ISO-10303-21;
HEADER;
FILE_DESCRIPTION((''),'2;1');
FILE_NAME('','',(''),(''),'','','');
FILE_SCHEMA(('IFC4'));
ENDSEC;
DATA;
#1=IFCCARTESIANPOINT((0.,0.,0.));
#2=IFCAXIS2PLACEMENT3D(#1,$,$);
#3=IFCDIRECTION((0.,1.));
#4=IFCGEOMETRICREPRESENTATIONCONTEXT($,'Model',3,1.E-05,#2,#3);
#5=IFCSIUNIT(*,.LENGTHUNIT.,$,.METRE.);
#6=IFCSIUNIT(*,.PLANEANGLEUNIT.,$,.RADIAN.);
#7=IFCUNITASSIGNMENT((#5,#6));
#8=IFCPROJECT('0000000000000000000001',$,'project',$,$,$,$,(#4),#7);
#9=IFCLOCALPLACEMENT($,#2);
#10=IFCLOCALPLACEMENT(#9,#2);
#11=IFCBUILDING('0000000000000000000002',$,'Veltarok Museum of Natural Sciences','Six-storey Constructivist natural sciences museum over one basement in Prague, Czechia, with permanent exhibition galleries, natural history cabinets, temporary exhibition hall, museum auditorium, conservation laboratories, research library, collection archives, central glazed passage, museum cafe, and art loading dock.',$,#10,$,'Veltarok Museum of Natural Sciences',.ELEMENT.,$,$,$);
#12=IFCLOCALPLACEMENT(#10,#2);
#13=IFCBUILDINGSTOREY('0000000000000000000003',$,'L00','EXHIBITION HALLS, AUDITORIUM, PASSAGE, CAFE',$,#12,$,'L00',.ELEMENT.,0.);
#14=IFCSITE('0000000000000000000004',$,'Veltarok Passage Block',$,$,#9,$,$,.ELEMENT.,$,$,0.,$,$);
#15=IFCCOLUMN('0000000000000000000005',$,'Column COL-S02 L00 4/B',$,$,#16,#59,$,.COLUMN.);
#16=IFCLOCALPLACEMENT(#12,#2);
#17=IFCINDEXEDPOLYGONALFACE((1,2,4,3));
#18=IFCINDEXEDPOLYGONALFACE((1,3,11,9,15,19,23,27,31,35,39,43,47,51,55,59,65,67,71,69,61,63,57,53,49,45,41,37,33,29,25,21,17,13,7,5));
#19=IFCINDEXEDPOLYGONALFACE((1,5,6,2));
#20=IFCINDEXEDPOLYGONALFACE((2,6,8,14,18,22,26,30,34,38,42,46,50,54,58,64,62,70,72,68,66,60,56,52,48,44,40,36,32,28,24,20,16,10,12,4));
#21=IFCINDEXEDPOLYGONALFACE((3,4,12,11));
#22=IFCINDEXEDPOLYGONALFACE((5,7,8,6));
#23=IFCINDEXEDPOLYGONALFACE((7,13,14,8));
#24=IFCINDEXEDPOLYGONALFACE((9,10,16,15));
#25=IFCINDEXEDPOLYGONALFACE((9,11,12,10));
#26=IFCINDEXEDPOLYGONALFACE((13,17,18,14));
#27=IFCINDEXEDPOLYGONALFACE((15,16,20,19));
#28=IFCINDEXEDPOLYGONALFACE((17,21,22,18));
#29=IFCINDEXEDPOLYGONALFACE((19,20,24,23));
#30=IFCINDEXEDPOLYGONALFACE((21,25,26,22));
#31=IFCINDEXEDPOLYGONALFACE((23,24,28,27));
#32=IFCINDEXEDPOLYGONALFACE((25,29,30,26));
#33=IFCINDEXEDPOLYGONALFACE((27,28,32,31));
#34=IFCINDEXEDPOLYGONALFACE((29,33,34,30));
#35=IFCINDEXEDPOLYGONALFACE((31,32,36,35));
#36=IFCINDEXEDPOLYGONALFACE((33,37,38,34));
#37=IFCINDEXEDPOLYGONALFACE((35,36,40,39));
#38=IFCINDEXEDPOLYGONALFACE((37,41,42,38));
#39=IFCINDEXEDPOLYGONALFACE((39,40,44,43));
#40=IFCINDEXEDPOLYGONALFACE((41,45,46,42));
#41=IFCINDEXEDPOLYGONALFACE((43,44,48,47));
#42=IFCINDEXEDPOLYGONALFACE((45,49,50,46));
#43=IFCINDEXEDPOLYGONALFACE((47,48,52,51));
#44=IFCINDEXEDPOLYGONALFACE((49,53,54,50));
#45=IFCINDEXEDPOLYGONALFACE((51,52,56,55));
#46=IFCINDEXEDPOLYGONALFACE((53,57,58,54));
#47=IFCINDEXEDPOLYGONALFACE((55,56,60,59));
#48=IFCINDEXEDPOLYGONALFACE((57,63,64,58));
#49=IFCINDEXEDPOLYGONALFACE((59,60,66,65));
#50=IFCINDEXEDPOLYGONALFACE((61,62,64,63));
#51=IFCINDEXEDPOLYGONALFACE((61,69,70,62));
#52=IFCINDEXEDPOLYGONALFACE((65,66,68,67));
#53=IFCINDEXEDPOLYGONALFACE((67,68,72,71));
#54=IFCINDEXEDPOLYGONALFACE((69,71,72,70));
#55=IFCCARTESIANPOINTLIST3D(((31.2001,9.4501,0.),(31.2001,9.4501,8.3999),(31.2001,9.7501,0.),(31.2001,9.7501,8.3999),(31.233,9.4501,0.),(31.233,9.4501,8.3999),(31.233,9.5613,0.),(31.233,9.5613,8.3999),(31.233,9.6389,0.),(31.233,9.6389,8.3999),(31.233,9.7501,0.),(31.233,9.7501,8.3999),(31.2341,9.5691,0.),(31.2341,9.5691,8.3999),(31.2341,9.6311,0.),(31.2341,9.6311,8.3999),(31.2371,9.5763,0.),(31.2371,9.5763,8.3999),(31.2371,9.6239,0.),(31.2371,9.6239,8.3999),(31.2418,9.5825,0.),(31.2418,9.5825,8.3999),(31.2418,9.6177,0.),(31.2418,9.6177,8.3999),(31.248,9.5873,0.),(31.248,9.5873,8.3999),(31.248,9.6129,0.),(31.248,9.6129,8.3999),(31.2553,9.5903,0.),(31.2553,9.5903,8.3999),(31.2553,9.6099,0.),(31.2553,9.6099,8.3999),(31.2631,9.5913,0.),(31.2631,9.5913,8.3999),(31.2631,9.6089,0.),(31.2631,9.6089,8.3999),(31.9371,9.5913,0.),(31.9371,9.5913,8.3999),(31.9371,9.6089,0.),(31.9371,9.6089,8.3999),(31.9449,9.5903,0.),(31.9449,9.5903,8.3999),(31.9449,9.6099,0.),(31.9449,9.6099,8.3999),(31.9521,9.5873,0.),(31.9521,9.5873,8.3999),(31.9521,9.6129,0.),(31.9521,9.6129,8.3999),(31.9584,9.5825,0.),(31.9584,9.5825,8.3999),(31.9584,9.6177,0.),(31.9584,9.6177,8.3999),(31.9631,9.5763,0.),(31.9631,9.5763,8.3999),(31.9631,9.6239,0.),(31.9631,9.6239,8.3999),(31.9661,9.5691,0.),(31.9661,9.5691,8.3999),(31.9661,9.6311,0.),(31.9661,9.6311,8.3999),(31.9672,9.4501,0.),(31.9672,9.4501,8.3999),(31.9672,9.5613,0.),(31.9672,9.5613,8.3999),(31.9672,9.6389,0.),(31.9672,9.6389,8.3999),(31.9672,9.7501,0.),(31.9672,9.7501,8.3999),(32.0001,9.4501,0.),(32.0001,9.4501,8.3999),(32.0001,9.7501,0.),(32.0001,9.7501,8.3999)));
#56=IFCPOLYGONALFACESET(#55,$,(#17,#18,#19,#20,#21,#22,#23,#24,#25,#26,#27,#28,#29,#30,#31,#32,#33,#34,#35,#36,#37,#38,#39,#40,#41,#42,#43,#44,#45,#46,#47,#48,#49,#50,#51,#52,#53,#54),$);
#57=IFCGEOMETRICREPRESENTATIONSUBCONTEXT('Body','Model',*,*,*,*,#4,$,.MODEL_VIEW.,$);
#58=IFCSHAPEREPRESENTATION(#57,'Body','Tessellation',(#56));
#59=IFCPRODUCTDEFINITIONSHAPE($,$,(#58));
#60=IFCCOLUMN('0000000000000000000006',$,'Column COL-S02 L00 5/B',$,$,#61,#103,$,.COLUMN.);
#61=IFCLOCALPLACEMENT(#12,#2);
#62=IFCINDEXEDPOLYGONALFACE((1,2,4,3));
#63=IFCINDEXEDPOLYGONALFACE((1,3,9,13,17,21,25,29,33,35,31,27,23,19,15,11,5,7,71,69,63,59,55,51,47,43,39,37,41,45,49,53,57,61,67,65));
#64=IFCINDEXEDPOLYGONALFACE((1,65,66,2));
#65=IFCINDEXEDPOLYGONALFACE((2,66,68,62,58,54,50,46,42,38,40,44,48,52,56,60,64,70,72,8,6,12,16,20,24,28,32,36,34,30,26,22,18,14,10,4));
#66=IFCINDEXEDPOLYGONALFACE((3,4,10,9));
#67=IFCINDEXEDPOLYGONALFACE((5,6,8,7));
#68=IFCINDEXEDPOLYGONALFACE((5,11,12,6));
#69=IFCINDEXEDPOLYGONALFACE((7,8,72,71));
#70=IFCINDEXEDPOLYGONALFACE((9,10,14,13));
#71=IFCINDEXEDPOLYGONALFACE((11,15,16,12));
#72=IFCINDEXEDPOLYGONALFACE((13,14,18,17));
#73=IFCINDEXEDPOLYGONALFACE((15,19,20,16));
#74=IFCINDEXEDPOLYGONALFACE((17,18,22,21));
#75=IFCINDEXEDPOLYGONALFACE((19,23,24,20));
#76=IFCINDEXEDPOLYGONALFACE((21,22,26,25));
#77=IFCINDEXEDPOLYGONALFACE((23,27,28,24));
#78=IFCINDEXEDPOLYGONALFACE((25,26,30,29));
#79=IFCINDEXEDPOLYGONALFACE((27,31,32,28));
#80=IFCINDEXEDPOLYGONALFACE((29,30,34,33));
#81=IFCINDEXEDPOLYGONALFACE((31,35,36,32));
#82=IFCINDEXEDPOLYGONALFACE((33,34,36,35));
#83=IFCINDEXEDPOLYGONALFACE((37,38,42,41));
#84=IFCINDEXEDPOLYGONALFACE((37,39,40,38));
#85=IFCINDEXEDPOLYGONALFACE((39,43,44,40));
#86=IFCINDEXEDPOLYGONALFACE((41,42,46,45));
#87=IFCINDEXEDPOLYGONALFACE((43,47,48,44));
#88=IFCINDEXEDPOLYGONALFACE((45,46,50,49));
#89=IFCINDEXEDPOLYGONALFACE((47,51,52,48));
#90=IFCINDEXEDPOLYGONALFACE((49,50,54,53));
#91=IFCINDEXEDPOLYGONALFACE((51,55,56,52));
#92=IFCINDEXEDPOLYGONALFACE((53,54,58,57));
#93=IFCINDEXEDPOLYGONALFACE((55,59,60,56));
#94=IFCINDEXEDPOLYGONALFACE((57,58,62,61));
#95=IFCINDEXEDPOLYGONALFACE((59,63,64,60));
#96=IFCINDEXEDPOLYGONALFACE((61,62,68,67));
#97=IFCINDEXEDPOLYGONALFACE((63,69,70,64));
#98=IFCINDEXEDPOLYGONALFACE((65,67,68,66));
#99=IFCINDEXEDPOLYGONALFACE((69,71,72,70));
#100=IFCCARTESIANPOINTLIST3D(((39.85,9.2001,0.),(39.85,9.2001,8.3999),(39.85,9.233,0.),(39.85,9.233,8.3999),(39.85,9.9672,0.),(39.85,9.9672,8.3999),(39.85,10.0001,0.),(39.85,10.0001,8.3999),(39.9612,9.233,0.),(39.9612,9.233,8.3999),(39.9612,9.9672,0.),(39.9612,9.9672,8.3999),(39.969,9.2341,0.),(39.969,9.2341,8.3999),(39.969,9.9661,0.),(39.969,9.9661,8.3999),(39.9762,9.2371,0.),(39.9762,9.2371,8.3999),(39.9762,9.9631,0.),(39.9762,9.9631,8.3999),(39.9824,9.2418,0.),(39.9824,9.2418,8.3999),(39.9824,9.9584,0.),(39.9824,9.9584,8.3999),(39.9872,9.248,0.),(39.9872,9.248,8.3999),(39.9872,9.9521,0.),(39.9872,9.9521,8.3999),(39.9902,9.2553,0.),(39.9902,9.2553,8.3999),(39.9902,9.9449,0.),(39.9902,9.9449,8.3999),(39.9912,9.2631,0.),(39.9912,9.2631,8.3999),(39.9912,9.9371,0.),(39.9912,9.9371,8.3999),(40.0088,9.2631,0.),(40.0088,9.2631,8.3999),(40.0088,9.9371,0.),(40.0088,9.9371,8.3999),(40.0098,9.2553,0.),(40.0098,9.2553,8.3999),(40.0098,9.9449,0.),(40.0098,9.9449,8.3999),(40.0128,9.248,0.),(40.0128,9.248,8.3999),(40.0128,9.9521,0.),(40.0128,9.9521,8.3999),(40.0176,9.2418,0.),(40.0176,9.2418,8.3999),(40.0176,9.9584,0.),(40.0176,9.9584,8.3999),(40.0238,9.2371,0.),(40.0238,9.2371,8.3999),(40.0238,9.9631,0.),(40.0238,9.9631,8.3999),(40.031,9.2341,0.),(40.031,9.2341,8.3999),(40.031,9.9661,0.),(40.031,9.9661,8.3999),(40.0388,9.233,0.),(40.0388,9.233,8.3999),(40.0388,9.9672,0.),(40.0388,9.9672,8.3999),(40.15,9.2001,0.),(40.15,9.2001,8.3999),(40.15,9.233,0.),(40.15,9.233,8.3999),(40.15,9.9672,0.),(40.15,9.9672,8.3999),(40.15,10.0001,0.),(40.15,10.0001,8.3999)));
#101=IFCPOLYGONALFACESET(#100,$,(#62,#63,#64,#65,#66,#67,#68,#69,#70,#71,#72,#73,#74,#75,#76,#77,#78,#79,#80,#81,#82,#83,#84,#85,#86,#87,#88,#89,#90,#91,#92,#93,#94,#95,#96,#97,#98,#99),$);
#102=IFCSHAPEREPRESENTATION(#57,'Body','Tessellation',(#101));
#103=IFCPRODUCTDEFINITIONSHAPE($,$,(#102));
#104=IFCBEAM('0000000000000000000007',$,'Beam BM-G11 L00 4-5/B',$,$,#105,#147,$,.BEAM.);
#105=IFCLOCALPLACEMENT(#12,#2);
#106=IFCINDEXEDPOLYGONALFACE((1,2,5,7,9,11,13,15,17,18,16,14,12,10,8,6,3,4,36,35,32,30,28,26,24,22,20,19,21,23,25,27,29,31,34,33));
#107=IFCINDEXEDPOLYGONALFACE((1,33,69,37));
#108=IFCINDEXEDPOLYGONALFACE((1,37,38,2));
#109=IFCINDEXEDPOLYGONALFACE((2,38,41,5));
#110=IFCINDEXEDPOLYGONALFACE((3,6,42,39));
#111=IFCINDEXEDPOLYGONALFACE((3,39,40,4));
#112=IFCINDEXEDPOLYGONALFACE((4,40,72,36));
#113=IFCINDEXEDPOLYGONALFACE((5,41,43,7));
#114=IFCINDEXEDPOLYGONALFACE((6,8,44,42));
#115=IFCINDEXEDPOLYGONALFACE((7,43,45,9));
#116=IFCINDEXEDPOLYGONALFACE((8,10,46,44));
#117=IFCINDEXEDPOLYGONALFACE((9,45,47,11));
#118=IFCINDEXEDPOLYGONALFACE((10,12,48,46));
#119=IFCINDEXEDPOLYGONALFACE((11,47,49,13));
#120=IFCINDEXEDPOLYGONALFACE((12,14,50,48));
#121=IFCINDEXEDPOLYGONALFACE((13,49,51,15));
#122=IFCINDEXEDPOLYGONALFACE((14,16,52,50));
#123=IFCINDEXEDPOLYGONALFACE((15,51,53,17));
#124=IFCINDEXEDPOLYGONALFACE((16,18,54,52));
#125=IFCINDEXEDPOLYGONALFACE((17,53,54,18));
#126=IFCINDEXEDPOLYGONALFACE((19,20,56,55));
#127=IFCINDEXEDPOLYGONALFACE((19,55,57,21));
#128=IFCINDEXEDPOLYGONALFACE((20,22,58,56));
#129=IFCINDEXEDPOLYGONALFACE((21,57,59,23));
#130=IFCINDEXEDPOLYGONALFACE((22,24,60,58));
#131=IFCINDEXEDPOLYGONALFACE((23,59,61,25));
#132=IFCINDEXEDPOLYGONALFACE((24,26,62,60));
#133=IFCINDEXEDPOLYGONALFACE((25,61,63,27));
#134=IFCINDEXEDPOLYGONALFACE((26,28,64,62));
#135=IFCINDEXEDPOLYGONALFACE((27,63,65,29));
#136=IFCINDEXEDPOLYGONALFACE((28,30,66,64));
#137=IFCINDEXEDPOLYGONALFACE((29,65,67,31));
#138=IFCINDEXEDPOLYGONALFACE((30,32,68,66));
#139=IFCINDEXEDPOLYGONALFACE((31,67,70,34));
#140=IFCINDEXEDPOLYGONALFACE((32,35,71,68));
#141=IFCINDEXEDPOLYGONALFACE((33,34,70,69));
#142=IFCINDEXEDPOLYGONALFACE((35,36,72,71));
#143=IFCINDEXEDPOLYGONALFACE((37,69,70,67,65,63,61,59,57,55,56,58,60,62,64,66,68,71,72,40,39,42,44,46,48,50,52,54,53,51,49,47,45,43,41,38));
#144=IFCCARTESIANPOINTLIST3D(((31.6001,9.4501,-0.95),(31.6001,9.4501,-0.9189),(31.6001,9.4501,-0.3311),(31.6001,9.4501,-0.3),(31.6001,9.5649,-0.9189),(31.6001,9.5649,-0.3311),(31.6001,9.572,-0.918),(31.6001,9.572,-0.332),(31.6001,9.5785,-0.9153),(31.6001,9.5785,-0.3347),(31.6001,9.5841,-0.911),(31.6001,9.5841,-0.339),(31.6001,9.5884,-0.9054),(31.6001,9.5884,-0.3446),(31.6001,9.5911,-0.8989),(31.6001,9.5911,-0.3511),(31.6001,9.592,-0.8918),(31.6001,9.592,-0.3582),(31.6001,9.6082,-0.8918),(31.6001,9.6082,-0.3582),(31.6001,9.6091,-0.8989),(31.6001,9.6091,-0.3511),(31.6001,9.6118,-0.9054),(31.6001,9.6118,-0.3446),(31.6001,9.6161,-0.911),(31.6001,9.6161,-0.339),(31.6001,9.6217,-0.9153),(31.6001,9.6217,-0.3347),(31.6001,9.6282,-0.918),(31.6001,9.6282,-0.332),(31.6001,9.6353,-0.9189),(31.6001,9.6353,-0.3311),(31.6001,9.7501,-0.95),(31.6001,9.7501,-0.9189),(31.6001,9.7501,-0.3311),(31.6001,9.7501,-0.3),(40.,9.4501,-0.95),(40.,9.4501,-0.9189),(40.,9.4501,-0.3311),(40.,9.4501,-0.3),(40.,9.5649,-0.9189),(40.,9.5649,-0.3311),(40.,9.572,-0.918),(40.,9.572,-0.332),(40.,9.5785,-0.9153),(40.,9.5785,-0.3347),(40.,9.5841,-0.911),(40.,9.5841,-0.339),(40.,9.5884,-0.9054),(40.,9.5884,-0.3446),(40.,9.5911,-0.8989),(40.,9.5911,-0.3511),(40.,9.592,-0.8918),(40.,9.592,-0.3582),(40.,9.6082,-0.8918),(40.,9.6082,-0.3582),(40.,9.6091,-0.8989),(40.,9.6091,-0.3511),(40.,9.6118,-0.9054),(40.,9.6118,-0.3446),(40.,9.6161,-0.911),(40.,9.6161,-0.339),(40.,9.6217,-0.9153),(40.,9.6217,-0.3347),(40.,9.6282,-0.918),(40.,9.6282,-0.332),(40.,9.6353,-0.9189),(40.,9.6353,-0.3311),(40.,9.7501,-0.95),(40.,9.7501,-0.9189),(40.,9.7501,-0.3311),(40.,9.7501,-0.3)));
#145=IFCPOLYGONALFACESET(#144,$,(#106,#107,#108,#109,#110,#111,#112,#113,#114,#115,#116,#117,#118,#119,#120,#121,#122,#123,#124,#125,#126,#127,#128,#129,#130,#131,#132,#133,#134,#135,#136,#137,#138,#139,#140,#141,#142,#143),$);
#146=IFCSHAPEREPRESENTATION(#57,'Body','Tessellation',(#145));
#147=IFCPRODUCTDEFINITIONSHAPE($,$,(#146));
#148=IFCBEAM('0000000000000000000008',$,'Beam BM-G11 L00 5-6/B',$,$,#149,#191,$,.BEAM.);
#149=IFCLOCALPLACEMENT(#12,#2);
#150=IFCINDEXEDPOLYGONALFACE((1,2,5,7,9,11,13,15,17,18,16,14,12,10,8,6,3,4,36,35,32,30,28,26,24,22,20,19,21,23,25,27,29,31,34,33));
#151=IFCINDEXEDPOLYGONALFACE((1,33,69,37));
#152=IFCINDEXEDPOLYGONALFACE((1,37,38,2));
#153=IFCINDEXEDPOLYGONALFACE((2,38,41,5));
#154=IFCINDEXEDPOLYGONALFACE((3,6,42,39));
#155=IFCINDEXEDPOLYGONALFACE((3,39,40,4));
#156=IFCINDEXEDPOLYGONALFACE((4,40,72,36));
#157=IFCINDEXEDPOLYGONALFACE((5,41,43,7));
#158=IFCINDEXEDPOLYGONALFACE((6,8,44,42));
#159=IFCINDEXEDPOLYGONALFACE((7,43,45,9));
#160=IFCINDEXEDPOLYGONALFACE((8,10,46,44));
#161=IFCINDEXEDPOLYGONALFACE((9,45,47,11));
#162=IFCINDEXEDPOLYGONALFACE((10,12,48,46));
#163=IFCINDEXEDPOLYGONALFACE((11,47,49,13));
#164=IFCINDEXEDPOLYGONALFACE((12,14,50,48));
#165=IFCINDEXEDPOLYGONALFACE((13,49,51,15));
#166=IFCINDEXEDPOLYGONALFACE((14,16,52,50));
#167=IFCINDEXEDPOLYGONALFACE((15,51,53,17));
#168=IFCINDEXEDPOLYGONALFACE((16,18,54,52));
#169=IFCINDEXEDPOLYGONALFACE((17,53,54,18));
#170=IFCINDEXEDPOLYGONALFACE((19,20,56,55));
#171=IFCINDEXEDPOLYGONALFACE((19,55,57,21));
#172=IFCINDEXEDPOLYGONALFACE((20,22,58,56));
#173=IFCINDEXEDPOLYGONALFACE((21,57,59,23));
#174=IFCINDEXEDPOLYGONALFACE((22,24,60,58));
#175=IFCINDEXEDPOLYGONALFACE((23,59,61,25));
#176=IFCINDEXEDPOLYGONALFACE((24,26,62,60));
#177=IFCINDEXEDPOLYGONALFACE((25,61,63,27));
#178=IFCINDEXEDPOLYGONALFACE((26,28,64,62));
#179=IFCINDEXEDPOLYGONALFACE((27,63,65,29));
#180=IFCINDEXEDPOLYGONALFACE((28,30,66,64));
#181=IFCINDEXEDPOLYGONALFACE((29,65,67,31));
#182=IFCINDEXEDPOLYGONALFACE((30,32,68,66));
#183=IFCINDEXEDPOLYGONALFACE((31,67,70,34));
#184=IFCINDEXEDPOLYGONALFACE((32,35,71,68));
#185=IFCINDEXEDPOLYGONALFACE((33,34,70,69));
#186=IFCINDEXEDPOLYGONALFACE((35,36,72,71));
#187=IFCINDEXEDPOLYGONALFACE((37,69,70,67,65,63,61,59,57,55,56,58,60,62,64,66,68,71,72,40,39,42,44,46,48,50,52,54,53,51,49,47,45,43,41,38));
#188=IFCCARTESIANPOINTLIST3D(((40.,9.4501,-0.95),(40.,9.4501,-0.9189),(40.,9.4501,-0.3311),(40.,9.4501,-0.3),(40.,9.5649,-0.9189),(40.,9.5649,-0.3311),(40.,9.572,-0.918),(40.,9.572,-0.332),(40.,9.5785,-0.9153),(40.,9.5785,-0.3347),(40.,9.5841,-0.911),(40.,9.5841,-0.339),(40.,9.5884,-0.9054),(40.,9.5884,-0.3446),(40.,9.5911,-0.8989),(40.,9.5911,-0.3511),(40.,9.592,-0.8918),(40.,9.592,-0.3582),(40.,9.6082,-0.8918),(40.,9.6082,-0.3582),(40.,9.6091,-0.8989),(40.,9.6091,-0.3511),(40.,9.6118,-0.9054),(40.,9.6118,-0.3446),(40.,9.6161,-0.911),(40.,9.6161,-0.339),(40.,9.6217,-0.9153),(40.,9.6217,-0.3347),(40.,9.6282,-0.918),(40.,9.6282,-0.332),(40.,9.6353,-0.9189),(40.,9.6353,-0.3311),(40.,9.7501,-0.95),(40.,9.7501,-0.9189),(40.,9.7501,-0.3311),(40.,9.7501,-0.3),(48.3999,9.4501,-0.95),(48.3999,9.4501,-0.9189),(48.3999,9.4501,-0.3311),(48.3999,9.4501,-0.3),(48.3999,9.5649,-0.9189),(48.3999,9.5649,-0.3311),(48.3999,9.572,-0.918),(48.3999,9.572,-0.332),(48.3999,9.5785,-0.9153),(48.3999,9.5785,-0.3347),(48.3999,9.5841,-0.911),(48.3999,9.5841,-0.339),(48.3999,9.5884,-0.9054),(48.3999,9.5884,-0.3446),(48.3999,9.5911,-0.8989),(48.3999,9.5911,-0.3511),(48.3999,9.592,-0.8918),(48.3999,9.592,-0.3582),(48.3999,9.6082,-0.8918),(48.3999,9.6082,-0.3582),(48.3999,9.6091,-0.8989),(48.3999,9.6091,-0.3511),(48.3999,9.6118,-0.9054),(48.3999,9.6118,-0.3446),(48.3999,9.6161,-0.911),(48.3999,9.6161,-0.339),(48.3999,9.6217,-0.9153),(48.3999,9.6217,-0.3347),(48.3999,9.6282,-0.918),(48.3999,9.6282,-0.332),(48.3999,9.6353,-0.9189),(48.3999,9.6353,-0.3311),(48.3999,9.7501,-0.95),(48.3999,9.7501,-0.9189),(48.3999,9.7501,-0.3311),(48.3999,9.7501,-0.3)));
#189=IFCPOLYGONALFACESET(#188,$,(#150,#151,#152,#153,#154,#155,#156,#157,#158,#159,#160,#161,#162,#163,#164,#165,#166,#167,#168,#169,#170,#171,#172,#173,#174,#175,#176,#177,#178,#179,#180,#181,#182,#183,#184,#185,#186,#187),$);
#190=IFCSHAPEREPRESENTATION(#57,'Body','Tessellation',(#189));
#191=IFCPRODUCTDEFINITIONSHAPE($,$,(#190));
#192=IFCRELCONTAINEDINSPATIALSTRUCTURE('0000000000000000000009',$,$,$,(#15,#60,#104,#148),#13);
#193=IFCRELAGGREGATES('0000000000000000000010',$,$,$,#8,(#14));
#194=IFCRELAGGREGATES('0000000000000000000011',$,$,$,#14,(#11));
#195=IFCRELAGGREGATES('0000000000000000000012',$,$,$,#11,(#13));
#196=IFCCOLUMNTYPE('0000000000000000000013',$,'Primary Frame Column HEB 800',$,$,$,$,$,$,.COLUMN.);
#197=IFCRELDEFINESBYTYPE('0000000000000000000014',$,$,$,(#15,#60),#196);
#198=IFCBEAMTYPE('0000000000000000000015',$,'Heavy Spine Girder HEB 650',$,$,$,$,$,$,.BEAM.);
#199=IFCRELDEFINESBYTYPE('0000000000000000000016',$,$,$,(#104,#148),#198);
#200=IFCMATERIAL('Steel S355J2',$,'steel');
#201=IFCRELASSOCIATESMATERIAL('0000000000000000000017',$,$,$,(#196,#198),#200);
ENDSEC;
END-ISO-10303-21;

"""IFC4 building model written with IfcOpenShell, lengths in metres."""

from ifc_helpers import new_model, si_unit, direction, frame, origin, origin_2d, place, context, subcontext, project, spatial, i_section, extrude, material, material_profile, profile_set, type_object, element, save


model = new_model("IFC4")

# Units and contexts
model_context = context("Model", 3, precision=1e-05, world=origin(), true_north=direction((0.0, 1.0)))
body_context = subcontext(model_context, "Body", "Model", "MODEL_VIEW")
ifc_project = project(units=[si_unit("LENGTHUNIT", "METRE"), si_unit("PLANEANGLEUNIT", "RADIAN")], contexts=[model_context])

# Site, building, storey
site_placement = place(None, origin())
site = spatial("IfcSite", under=ifc_project, at=site_placement, Name="Veltarok Passage Block", CompositionType="ELEMENT", RefElevation=0.0)
building_placement = place(site_placement, origin())
building = spatial("IfcBuilding", under=site, at=building_placement, Name="Veltarok Museum of Natural Sciences", Description="Six-storey Constructivist natural sciences museum over one basement in Prague, Czechia, with permanent exhibition galleries, natural history cabinets, temporary exhibition hall, museum auditorium, conservation laboratories, research library, collection archives, central glazed passage, museum cafe, and art loading dock.", LongName="Veltarok Museum of Natural Sciences", CompositionType="ELEMENT")
storey_placement = place(building_placement, origin())
storey = spatial("IfcBuildingStorey", under=building, at=storey_placement, Name="L00", Description="EXHIBITION HALLS, AUDITORIUM, PASSAGE, CAFE", LongName="L00", CompositionType="ELEMENT", Elevation=0.0)

# Columns
ifc_material_1 = material(Name="Steel S355J2", Category="steel")
ifc_material_profile_1 = material_profile(ifc_material_1, i_section(OverallWidth=0.3, OverallDepth=0.8, WebThickness=0.0176, FlangeThickness=0.033, FilletRadius=0.03, at=origin_2d()), Name="HEB 800")
ifc_profile_set_1 = profile_set([ifc_material_profile_1], Name="Steel S355J2")
column_type = type_object("IfcColumnType", Name="Primary Frame Column HEB 800", PredefinedType="COLUMN", material=ifc_profile_set_1)
for number, where, z_axis, x_axis, name in (
    (1, (31.6001, 9.6001, 0.0), (0.0, 0.0, 1.0), (0.0, 1.0, 0.0), "Column COL-S02 L00 4/B"),
    (2, (40.0, 9.6001, 0.0), (0.0, 0.0, 1.0), (1.0, 0.0, 0.0), "Column COL-S02 L00 5/B"),
):
    element("IfcColumn", number, at=place(storey_placement, frame(where, z_axis=z_axis, x_axis=x_axis)), inside=storey, type_object=column_type, Name=name, PredefinedType="COLUMN", context=body_context, shape_type="SweptSolid", body=[
        extrude(i_section(OverallWidth=0.3, OverallDepth=0.8, WebThickness=0.0176, FlangeThickness=0.033, FilletRadius=0.03, at=origin_2d()), origin(), (0.0, 0.0, 1.0), 8.3999),
    ])

# Beams
ifc_material_profile_2 = material_profile(ifc_material_1, i_section(OverallWidth=0.3, OverallDepth=0.6499, WebThickness=0.0161, FlangeThickness=0.031, FilletRadius=0.0271, at=origin_2d()), Name="HEB 650")
ifc_profile_set_2 = profile_set([ifc_material_profile_2], Name="Steel S355J2")
beam_type_1 = type_object("IfcBeamType", Name="Heavy Spine Girder HEB 650", PredefinedType="BEAM", material=ifc_profile_set_2)
for number, where, z_axis, x_axis, name in (
    (3, (31.6001, 9.6001, -0.625), (1.0, 0.0, 0.0), (0.0, 1.0, 0.0), "Beam BM-G11 L00 4-5/B"),
    (4, (40.0, 9.6001, -0.625), (1.0, 0.0, 0.0), (0.0, 1.0, 0.0), "Beam BM-G11 L00 5-6/B"),
):
    element("IfcBeam", number, at=place(storey_placement, frame(where, z_axis=z_axis, x_axis=x_axis)), inside=storey, type_object=beam_type_1, Name=name, PredefinedType="BEAM", context=body_context, shape_type="SweptSolid", body=[
        extrude(i_section(OverallWidth=0.3, OverallDepth=0.6499, WebThickness=0.0161, FlangeThickness=0.031, FilletRadius=0.0271, at=origin_2d()), origin(), (0.0, 0.0, 1.0), 8.3999),
    ])

save(model, "model.ifc")
